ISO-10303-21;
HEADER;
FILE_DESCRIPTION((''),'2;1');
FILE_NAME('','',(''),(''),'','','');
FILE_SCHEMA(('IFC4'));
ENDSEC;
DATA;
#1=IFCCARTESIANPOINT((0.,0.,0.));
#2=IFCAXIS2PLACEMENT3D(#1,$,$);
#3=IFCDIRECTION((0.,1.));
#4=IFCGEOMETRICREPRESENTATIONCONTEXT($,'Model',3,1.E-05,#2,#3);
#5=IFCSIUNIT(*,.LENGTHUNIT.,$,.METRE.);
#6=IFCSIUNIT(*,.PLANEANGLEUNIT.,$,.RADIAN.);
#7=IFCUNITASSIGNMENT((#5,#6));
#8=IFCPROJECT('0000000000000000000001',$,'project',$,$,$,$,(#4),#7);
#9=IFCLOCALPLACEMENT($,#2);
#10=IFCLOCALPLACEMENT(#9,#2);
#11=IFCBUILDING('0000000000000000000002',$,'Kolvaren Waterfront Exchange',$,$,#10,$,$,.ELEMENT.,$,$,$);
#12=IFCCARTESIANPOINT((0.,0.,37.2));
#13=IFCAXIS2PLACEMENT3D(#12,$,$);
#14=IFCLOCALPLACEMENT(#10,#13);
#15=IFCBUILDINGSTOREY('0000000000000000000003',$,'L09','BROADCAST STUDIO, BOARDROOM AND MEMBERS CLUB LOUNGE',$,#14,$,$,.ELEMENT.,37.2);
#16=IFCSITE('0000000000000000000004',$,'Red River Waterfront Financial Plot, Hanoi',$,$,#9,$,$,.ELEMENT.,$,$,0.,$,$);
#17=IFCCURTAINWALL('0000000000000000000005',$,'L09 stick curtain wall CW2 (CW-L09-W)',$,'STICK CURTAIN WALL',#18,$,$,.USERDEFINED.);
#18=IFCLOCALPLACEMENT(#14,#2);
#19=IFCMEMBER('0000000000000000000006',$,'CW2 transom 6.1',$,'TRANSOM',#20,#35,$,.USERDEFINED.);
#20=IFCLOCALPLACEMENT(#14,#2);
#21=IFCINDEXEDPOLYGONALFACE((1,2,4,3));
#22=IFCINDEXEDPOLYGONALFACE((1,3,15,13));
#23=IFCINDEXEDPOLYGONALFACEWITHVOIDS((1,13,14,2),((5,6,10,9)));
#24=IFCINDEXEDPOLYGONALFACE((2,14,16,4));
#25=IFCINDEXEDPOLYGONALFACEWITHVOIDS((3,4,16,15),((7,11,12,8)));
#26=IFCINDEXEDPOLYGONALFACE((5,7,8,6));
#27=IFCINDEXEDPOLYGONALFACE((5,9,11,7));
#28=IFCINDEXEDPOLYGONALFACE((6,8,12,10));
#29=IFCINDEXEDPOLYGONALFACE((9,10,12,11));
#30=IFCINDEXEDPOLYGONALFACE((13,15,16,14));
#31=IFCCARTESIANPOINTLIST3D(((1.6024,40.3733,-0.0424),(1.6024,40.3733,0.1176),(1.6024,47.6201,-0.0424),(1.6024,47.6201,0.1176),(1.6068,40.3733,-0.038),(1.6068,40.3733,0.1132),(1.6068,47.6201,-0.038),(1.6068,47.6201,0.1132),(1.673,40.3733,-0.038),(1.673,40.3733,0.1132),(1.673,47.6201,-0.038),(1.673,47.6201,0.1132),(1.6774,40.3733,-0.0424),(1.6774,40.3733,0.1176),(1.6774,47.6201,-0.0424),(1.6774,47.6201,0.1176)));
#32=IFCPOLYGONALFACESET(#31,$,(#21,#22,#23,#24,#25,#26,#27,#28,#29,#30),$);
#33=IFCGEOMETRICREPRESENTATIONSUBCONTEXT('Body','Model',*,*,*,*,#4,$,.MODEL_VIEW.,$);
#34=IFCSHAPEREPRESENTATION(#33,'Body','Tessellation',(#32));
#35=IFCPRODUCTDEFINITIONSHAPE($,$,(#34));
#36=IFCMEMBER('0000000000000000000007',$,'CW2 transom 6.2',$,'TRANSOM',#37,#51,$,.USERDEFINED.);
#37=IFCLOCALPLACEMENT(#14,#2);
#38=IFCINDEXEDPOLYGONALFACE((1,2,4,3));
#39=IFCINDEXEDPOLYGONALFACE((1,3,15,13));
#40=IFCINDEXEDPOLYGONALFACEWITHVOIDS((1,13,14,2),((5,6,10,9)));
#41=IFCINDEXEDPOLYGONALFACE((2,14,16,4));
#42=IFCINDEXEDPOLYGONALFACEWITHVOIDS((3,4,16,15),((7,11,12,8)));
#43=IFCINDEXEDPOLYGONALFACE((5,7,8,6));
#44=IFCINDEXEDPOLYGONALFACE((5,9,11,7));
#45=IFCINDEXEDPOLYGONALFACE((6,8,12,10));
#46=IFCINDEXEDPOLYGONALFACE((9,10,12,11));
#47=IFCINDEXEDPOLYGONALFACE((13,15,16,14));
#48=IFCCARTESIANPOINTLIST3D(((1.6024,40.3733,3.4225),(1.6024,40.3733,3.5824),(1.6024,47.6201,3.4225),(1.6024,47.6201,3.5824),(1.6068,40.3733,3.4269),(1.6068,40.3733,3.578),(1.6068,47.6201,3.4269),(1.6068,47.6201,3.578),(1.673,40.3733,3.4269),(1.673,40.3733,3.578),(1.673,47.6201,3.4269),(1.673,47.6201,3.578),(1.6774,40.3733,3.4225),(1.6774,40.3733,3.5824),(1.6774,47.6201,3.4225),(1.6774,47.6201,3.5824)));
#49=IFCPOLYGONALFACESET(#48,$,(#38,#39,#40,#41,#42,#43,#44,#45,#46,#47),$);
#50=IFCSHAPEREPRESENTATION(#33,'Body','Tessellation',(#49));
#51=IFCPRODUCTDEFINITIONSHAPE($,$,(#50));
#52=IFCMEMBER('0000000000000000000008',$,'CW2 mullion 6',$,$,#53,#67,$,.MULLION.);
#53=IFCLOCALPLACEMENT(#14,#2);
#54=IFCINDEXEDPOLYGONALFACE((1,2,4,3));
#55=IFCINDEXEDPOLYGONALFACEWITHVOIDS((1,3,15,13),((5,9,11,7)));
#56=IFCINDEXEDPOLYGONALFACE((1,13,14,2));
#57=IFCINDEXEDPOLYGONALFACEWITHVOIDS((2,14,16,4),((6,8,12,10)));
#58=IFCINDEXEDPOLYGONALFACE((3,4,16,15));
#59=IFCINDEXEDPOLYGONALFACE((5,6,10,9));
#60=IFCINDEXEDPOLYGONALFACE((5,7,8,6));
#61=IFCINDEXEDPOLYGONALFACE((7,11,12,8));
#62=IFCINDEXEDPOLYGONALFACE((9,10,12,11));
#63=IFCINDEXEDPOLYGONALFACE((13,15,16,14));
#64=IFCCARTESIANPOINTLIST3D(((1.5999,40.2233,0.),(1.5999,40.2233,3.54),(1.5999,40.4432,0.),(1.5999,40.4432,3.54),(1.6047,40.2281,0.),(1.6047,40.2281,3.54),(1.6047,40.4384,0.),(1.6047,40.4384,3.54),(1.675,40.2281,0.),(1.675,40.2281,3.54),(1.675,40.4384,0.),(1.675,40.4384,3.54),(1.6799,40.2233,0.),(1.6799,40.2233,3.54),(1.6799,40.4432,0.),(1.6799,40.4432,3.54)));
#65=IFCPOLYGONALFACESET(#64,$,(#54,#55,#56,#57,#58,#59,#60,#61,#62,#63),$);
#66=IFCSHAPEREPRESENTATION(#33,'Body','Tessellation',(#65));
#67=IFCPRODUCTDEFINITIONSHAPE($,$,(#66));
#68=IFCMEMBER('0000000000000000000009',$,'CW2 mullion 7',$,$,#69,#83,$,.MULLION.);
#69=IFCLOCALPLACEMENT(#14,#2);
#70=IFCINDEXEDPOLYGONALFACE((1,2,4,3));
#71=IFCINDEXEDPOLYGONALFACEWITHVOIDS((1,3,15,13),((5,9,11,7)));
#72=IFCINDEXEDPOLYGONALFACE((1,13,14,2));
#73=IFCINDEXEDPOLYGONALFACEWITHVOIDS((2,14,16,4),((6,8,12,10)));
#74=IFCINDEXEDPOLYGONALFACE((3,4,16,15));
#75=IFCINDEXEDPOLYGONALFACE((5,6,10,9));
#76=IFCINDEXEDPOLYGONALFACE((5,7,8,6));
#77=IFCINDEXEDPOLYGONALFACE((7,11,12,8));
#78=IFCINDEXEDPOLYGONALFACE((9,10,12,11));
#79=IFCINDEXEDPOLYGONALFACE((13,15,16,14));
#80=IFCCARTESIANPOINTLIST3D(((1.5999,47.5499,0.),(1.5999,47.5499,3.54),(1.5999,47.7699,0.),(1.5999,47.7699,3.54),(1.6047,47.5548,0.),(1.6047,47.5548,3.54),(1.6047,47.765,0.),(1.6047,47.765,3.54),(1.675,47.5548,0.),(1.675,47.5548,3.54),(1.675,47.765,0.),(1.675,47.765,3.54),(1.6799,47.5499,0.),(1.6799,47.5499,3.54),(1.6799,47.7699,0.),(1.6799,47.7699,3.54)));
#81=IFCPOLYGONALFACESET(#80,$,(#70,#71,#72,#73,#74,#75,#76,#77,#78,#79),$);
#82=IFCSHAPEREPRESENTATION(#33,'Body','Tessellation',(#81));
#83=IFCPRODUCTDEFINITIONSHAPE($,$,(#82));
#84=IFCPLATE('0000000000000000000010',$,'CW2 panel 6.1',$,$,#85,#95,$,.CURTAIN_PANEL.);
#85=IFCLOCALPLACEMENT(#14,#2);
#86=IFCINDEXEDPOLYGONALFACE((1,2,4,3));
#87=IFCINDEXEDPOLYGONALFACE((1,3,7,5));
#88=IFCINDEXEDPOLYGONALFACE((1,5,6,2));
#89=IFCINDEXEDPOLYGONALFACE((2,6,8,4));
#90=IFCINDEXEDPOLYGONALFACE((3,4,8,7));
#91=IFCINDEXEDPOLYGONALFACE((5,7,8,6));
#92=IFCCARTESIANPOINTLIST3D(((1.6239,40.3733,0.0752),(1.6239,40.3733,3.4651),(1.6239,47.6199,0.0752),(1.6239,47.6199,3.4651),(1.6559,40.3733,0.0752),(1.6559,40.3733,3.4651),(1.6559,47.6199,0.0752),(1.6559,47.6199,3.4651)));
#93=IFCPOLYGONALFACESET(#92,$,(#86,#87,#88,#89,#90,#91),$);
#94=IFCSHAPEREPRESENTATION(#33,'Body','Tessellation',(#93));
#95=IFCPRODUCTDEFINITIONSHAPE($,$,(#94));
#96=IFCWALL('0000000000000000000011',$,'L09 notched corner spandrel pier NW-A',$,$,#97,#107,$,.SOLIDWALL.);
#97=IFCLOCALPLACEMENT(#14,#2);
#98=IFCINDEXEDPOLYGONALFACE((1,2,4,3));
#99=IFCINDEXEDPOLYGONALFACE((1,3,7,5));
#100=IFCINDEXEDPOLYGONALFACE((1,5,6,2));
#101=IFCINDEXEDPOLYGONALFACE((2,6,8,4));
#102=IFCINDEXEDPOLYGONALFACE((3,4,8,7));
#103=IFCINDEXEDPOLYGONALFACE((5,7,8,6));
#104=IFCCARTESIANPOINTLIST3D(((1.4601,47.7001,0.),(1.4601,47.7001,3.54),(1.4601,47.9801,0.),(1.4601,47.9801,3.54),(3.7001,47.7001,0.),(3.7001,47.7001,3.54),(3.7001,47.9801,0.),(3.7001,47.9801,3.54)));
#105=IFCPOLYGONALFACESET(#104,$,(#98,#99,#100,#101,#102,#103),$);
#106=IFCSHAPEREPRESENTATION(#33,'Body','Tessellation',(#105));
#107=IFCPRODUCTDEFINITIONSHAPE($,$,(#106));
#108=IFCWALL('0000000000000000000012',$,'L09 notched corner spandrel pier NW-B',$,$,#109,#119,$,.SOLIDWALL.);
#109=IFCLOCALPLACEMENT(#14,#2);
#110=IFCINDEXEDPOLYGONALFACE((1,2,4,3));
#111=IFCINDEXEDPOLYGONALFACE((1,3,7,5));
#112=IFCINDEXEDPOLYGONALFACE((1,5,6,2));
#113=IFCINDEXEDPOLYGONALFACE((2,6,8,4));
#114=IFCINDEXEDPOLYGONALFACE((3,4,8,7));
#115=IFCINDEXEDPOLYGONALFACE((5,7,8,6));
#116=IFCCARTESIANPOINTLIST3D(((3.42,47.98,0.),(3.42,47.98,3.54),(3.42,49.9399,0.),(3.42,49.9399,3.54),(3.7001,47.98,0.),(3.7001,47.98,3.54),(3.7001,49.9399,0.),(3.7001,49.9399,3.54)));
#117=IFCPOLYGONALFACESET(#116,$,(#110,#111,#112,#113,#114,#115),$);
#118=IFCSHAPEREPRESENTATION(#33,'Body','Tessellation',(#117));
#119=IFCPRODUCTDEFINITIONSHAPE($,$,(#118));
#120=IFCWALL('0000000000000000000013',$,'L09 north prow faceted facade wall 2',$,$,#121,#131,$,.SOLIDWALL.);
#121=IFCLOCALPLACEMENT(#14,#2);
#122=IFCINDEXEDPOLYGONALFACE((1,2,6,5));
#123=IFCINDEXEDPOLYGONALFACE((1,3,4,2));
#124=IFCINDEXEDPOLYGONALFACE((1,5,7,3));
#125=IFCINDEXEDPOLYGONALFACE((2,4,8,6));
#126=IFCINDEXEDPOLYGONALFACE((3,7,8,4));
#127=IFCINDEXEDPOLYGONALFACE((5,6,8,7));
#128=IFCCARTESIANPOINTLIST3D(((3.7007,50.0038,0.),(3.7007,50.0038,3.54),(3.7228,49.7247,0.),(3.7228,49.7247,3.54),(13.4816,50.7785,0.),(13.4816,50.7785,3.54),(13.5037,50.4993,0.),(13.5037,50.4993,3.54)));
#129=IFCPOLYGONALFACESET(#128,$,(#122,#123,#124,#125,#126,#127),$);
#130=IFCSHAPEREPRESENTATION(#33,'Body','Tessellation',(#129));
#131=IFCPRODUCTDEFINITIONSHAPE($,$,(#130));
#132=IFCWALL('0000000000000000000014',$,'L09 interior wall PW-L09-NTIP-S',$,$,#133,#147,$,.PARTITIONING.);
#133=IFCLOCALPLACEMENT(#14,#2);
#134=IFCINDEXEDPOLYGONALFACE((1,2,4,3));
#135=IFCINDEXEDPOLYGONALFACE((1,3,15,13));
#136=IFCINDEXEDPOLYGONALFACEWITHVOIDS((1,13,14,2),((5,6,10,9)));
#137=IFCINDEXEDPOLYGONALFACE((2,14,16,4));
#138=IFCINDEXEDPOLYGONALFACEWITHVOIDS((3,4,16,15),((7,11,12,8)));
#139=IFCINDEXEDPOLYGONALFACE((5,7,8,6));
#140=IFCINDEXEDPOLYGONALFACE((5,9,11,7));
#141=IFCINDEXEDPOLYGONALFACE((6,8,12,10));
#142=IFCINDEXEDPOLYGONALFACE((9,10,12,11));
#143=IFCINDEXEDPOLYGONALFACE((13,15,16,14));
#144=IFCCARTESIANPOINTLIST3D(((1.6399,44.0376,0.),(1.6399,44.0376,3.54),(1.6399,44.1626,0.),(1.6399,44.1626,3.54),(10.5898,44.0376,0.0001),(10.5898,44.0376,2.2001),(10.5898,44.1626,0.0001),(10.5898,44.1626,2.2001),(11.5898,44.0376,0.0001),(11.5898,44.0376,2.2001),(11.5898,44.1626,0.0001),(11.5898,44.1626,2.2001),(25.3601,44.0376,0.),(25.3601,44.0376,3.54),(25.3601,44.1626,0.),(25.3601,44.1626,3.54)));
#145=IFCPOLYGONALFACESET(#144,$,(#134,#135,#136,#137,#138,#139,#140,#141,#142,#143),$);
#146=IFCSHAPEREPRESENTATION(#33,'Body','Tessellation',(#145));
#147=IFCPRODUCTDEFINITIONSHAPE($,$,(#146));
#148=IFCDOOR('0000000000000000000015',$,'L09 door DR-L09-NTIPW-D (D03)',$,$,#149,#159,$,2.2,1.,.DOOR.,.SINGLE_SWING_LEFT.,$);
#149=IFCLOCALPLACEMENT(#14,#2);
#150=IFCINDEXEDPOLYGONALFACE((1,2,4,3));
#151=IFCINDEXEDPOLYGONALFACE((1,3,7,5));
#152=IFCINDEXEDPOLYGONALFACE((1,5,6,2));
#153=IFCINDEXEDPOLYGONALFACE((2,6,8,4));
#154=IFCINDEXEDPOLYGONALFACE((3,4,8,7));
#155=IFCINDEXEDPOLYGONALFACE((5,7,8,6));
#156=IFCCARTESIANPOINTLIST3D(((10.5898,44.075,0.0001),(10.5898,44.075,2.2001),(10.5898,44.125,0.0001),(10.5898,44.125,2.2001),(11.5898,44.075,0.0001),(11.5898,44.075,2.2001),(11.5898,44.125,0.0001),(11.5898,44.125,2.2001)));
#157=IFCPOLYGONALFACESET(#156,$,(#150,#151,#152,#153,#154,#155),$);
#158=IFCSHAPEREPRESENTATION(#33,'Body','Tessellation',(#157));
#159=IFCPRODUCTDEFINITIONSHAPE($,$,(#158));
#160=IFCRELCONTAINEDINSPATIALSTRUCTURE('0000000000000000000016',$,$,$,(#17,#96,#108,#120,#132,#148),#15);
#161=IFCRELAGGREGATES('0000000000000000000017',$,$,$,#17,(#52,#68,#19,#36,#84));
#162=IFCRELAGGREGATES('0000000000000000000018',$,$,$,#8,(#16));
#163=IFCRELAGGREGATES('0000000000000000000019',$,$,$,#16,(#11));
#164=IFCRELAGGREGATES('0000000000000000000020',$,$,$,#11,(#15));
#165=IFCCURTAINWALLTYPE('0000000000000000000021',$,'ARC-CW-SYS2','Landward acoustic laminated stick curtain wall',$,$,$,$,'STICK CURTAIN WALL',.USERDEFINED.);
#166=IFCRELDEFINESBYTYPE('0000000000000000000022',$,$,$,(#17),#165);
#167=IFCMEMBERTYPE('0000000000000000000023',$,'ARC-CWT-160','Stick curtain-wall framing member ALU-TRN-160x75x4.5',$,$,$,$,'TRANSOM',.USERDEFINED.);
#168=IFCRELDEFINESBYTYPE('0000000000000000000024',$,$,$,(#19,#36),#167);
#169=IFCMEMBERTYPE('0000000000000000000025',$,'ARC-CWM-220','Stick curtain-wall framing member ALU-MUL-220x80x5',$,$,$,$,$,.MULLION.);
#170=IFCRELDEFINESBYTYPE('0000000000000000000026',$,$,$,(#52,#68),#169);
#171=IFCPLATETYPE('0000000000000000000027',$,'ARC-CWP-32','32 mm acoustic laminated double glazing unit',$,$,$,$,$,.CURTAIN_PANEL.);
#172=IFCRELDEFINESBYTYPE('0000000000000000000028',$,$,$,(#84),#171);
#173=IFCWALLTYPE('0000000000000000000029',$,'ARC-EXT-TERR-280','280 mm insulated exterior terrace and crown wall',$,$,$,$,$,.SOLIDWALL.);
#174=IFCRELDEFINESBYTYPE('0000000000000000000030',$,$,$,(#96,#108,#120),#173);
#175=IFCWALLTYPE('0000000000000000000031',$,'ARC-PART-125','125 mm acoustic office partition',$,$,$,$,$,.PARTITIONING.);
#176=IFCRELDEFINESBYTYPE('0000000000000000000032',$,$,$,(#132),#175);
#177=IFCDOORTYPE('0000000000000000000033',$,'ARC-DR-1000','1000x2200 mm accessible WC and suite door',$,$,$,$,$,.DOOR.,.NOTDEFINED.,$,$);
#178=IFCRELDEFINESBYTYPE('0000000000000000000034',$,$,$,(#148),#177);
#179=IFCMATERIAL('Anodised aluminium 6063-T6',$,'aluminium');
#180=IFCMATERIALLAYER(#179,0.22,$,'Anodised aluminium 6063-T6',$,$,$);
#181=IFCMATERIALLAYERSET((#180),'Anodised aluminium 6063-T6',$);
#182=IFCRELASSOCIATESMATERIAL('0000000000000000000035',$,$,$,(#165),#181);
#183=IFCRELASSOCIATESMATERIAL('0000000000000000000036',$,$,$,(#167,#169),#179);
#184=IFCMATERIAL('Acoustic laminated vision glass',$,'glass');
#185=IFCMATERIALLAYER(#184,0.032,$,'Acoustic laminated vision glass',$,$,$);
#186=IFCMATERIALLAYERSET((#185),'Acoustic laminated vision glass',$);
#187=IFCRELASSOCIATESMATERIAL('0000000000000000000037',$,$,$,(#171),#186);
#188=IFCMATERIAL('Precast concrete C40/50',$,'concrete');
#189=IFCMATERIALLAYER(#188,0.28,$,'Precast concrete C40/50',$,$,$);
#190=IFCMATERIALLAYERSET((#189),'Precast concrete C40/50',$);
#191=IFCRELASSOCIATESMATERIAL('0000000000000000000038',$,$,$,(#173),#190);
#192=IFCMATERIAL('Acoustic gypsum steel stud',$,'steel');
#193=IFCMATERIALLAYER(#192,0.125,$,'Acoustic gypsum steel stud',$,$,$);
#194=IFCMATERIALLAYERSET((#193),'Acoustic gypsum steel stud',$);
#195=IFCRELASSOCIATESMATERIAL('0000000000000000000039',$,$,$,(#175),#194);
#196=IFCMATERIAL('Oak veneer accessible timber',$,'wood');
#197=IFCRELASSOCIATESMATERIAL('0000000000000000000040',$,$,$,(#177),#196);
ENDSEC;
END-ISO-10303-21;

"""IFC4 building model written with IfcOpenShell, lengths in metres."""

from ifc_helpers import new_model, si_unit, direction, frame, frame_2d, origin, origin_with_axes, origin_2d, place, context, subcontext, project, spatial, rectangle, hollow_rectangle, extrude, source, transform, mapped, material, layer, layer_set, material_profile, profile_set, type_object, element, fill, aggregate, save


model = new_model("IFC4")

# Units and contexts
model_context = context("Model", 3, precision=1e-05, world=origin(), true_north=direction((0.0, 1.0)))
body_context = subcontext(model_context, "Body", "Model", "MODEL_VIEW")
ifc_project = project(units=[si_unit("LENGTHUNIT", "METRE"), si_unit("PLANEANGLEUNIT", "RADIAN")], contexts=[model_context])

# Site, building, storey
site_placement = place(None, origin())
site = spatial("IfcSite", under=ifc_project, at=site_placement, Name="Red River Waterfront Financial Plot, Hanoi", CompositionType="ELEMENT", RefElevation=0.0)
building_placement = place(site_placement, origin())
building = spatial("IfcBuilding", under=site, at=building_placement, Name="Kolvaren Waterfront Exchange", CompositionType="ELEMENT")
storey_placement = place(building_placement, frame((0.0, 0.0, 37.2)))
storey = spatial("IfcBuildingStorey", under=building, at=storey_placement, Name="L09", Description="BROADCAST STUDIO, BOARDROOM AND MEMBERS CLUB LOUNGE", CompositionType="ELEMENT", Elevation=37.2)

# Curtain wall, members, plate
ifc_material_1 = material(Name="Anodised aluminium 6063-T6", Category="aluminium")
ifc_layer_1 = layer(ifc_material_1, 0.22, Name="Anodised aluminium 6063-T6")
ifc_layer_set_1 = layer_set([ifc_layer_1], Name="Anodised aluminium 6063-T6")
curtain_wall_type = type_object("IfcCurtainWallType", Name="ARC-CW-SYS2", Description="Landward acoustic laminated stick curtain wall", ElementType="STICK CURTAIN WALL", PredefinedType="USERDEFINED", material=ifc_layer_set_1)
curtain_wall_placement = place(storey_placement, origin())
curtain_wall = element("IfcCurtainWall", 1, at=curtain_wall_placement, inside=storey, type_object=curtain_wall_type, Name="L09 stick curtain wall CW2 (CW-L09-W)", ObjectType="STICK CURTAIN WALL", PredefinedType="USERDEFINED")
ifc_material_profile_1 = material_profile(ifc_material_1, hollow_rectangle(XDim=0.075, YDim=0.1599, WallThickness=0.0044, at=origin_2d()), Name="ALU-TRN-160x75x4.5")
ifc_profile_set_1 = profile_set([ifc_material_profile_1], Name="Anodised aluminium 6063-T6")
member_type_1 = type_object("IfcMemberType", Name="ARC-CWT-160", Description="Stick curtain-wall framing member ALU-TRN-160x75x4.5", ElementType="TRANSOM", PredefinedType="USERDEFINED", material=ifc_profile_set_1)
shared_shape_1 = source(origin_with_axes(), body_context, "Body", "SweptSolid", [
    extrude(hollow_rectangle(XDim=0.075, YDim=0.1599, WallThickness=0.0044, at=origin_2d()), origin(), (0.0, 0.0, 1.0), 7.2468),
])
member_1_placement = place(storey_placement, frame((1.6399, 40.3733, 0.0376), z_axis=(0.0, 1.0, 0.0), x_axis=(-1.0, 0.0, 0.0)))
member_1 = element("IfcMember", 2, at=member_1_placement, type_object=member_type_1, Name="CW2 transom 6.1", ObjectType="TRANSOM", PredefinedType="USERDEFINED", context=body_context, shape_type="MappedRepresentation", body=[
    mapped(shared_shape_1, transform((0.0, 0.0, 0.0), x_axis=(1.0, 0.0, 0.0), y_axis=(0.0, 1.0, 0.0), z_axis=(0.0, 0.0, 1.0), scale=1.0)),
])
member_2_placement = place(storey_placement, frame((1.6399, 40.3733, 3.5024), z_axis=(0.0, 1.0, 0.0), x_axis=(-1.0, 0.0, 0.0)))
member_2 = element("IfcMember", 3, at=member_2_placement, type_object=member_type_1, Name="CW2 transom 6.2", ObjectType="TRANSOM", PredefinedType="USERDEFINED", context=body_context, shape_type="MappedRepresentation", body=[
    mapped(shared_shape_1, transform((0.0, 0.0, 0.0), x_axis=(1.0, 0.0, 0.0), y_axis=(0.0, 1.0, 0.0), z_axis=(0.0, 0.0, 1.0), scale=1.0)),
])
ifc_material_profile_2 = material_profile(ifc_material_1, hollow_rectangle(XDim=0.0801, YDim=0.22, WallThickness=0.0049, at=origin_2d()), Name="ALU-MUL-220x80x5")
ifc_profile_set_2 = profile_set([ifc_material_profile_2], Name="Anodised aluminium 6063-T6")
member_type_2 = type_object("IfcMemberType", Name="ARC-CWM-220", Description="Stick curtain-wall framing member ALU-MUL-220x80x5", PredefinedType="MULLION", material=ifc_profile_set_2)
shared_shape_2 = source(origin_with_axes(), body_context, "Body", "SweptSolid", [
    extrude(hollow_rectangle(XDim=0.0801, YDim=0.22, WallThickness=0.0049, at=origin_2d()), origin(), (0.0, 0.0, 1.0), 3.54),
])
member_3_placement = place(storey_placement, frame((1.6399, 40.3333, 0.0), z_axis=(0.0, 0.0, 1.0), x_axis=(-1.0, 0.0, 0.0)))
member_3 = element("IfcMember", 4, at=member_3_placement, type_object=member_type_2, Name="CW2 mullion 6", PredefinedType="MULLION", context=body_context, shape_type="MappedRepresentation", body=[
    mapped(shared_shape_2, transform((0.0, 0.0, 0.0), x_axis=(1.0, 0.0, 0.0), y_axis=(0.0, 1.0, 0.0), z_axis=(0.0, 0.0, 1.0), scale=1.0)),
])
member_4_placement = place(storey_placement, frame((1.6399, 47.6599, 0.0), z_axis=(0.0, 0.0, 1.0), x_axis=(-1.0, 0.0, 0.0)))
member_4 = element("IfcMember", 5, at=member_4_placement, type_object=member_type_2, Name="CW2 mullion 7", PredefinedType="MULLION", context=body_context, shape_type="MappedRepresentation", body=[
    mapped(shared_shape_2, transform((0.0, 0.0, 0.0), x_axis=(1.0, 0.0, 0.0), y_axis=(0.0, 1.0, 0.0), z_axis=(0.0, 0.0, 1.0), scale=1.0)),
])
ifc_material_2 = material(Name="Acoustic laminated vision glass", Category="glass")
ifc_layer_2 = layer(ifc_material_2, 0.032, Name="Acoustic laminated vision glass")
ifc_layer_set_2 = layer_set([ifc_layer_2], Name="Acoustic laminated vision glass")
plate_type = type_object("IfcPlateType", Name="ARC-CWP-32", Description="32 mm acoustic laminated double glazing unit", PredefinedType="CURTAIN_PANEL", material=ifc_layer_set_2)
shared_shape_3 = source(origin_with_axes(), body_context, "Body", "SweptSolid", [
    extrude(rectangle(XDim=7.2466, YDim=0.032, at=origin_2d()), origin(), (0.0, 0.0, 1.0), 3.3899),
])
plate_placement = place(storey_placement, frame((1.6399, 43.9966, 0.0752), z_axis=(0.0, 0.0, 1.0), x_axis=(0.0, 1.0, 0.0)))
plate = element("IfcPlate", 6, at=plate_placement, type_object=plate_type, Name="CW2 panel 6.1", PredefinedType="CURTAIN_PANEL", context=body_context, shape_type="MappedRepresentation", body=[
    mapped(shared_shape_3, transform((0.0, 0.0, 0.0), x_axis=(1.0, 0.0, 0.0), y_axis=(0.0, 1.0, 0.0), z_axis=(0.0, 0.0, 1.0), scale=1.0)),
])
aggregate(curtain_wall, [member_3, member_4, member_1, member_2, plate])

# Walls
ifc_material_3 = material(Name="Precast concrete C40/50", Category="concrete")
ifc_layer_3 = layer(ifc_material_3, 0.28, Name="Precast concrete C40/50")
ifc_layer_set_3 = layer_set([ifc_layer_3], Name="Precast concrete C40/50")
wall_type_1 = type_object("IfcWallType", Name="ARC-EXT-TERR-280", Description="280 mm insulated exterior terrace and crown wall", PredefinedType="SOLIDWALL", material=ifc_layer_set_3)
wall_1_placement = place(storey_placement, frame((1.46, 47.8401, 0.0), z_axis=(0.0, 0.0, 1.0), x_axis=(1.0, 0.0, 0.0)))
element("IfcWall", 7, at=wall_1_placement, inside=storey, type_object=wall_type_1, Name="L09 notched corner spandrel pier NW-A", PredefinedType="SOLIDWALL", context=body_context, shape_type="SweptSolid", body=[
    extrude(rectangle(XDim=2.24, YDim=0.28, at=frame_2d((1.1201, 0.0))), origin(), (0.0, 0.0, 1.0), 3.54),
])
wall_2_placement = place(storey_placement, frame((3.5601, 47.98, 0.0), z_axis=(0.0, 0.0, 1.0), x_axis=(0.0, 1.0, 0.0)))
element("IfcWall", 8, at=wall_2_placement, inside=storey, type_object=wall_type_1, Name="L09 notched corner spandrel pier NW-B", PredefinedType="SOLIDWALL", context=body_context, shape_type="SweptSolid", body=[
    extrude(rectangle(XDim=1.96, YDim=0.28, at=frame_2d((0.98, 0.0))), origin(), (0.0, 0.0, 1.0), 3.54),
])
wall_3_placement = place(storey_placement, frame((13.4927, 50.6389, 0.0), z_axis=(0.0, 0.0, 1.0), x_axis=(-0.996878, -0.078953, 0.0)))
element("IfcWall", 9, at=wall_3_placement, inside=storey, type_object=wall_type_1, Name="L09 north prow faceted facade wall 2", PredefinedType="SOLIDWALL", context=body_context, shape_type="SweptSolid", body=[
    extrude(rectangle(XDim=9.8115, YDim=0.28, at=frame_2d((4.9058, 0.0))), origin(), (0.0, 0.0, 1.0), 3.54),
])

# Wall, opening, door
ifc_material_4 = material(Name="Acoustic gypsum steel stud", Category="steel")
ifc_layer_4 = layer(ifc_material_4, 0.125, Name="Acoustic gypsum steel stud")
ifc_layer_set_4 = layer_set([ifc_layer_4], Name="Acoustic gypsum steel stud")
wall_type_2 = type_object("IfcWallType", Name="ARC-PART-125", Description="125 mm acoustic office partition", PredefinedType="PARTITIONING", material=ifc_layer_set_4)
wall_4_placement = place(storey_placement, frame((1.6399, 44.1001, 0.0), z_axis=(0.0, 0.0, 1.0), x_axis=(1.0, 0.0, 0.0)))
wall_4 = element("IfcWall", 10, at=wall_4_placement, inside=storey, type_object=wall_type_2, Name="L09 interior wall PW-L09-NTIP-S", PredefinedType="PARTITIONING", context=body_context, shape_type="SweptSolid", body=[
    extrude(rectangle(XDim=23.7202, YDim=0.125, at=frame_2d((11.8601, 0.0))), origin(), (0.0, 0.0, 1.0), 3.54),
])
opening_1_placement = place(wall_4_placement, frame((8.95, 0.0, 0.0)))
opening_1 = element("IfcOpeningElement", 11, at=opening_1_placement, cuts=wall_4, PredefinedType="OPENING", context=body_context, shape_type="SweptSolid", body=[
    extrude(rectangle(XDim=1.0, YDim=2.2, at=frame_2d((0.5, 1.1001))), frame((0.0, 0.0725, 0.0), z_axis=(0.0, -1.0, 0.0), x_axis=(1.0, 0.0, 0.0)), (0.0, 0.0, 1.0), 0.145),
])
ifc_material_5 = material(Name="Oak veneer accessible timber", Category="wood")
door_type_1 = type_object("IfcDoorType", Name="ARC-DR-1000", Description="1000x2200 mm accessible WC and suite door", OperationType="NOTDEFINED", PredefinedType="DOOR", material=ifc_material_5)
door_1_placement = place(opening_1_placement, origin())
door_1 = element("IfcDoor", 12, at=door_1_placement, inside=storey, type_object=door_type_1, Name="L09 door DR-L09-NTIPW-D (D03)", OperationType="SINGLE_SWING_LEFT", OverallHeight=2.2, OverallWidth=1.0, PredefinedType="DOOR", context=body_context, shape_type="SweptSolid", body=[
    extrude(rectangle(XDim=1.0, YDim=2.2, at=frame_2d((0.5, 1.1001))), frame((0.0, 0.0249, 0.0), z_axis=(0.0, -1.0, 0.0), x_axis=(1.0, 0.0, 0.0)), (0.0, 0.0, 1.0), 0.05),
])
fill(opening_1, door_1)

save(model, "model.ifc")
